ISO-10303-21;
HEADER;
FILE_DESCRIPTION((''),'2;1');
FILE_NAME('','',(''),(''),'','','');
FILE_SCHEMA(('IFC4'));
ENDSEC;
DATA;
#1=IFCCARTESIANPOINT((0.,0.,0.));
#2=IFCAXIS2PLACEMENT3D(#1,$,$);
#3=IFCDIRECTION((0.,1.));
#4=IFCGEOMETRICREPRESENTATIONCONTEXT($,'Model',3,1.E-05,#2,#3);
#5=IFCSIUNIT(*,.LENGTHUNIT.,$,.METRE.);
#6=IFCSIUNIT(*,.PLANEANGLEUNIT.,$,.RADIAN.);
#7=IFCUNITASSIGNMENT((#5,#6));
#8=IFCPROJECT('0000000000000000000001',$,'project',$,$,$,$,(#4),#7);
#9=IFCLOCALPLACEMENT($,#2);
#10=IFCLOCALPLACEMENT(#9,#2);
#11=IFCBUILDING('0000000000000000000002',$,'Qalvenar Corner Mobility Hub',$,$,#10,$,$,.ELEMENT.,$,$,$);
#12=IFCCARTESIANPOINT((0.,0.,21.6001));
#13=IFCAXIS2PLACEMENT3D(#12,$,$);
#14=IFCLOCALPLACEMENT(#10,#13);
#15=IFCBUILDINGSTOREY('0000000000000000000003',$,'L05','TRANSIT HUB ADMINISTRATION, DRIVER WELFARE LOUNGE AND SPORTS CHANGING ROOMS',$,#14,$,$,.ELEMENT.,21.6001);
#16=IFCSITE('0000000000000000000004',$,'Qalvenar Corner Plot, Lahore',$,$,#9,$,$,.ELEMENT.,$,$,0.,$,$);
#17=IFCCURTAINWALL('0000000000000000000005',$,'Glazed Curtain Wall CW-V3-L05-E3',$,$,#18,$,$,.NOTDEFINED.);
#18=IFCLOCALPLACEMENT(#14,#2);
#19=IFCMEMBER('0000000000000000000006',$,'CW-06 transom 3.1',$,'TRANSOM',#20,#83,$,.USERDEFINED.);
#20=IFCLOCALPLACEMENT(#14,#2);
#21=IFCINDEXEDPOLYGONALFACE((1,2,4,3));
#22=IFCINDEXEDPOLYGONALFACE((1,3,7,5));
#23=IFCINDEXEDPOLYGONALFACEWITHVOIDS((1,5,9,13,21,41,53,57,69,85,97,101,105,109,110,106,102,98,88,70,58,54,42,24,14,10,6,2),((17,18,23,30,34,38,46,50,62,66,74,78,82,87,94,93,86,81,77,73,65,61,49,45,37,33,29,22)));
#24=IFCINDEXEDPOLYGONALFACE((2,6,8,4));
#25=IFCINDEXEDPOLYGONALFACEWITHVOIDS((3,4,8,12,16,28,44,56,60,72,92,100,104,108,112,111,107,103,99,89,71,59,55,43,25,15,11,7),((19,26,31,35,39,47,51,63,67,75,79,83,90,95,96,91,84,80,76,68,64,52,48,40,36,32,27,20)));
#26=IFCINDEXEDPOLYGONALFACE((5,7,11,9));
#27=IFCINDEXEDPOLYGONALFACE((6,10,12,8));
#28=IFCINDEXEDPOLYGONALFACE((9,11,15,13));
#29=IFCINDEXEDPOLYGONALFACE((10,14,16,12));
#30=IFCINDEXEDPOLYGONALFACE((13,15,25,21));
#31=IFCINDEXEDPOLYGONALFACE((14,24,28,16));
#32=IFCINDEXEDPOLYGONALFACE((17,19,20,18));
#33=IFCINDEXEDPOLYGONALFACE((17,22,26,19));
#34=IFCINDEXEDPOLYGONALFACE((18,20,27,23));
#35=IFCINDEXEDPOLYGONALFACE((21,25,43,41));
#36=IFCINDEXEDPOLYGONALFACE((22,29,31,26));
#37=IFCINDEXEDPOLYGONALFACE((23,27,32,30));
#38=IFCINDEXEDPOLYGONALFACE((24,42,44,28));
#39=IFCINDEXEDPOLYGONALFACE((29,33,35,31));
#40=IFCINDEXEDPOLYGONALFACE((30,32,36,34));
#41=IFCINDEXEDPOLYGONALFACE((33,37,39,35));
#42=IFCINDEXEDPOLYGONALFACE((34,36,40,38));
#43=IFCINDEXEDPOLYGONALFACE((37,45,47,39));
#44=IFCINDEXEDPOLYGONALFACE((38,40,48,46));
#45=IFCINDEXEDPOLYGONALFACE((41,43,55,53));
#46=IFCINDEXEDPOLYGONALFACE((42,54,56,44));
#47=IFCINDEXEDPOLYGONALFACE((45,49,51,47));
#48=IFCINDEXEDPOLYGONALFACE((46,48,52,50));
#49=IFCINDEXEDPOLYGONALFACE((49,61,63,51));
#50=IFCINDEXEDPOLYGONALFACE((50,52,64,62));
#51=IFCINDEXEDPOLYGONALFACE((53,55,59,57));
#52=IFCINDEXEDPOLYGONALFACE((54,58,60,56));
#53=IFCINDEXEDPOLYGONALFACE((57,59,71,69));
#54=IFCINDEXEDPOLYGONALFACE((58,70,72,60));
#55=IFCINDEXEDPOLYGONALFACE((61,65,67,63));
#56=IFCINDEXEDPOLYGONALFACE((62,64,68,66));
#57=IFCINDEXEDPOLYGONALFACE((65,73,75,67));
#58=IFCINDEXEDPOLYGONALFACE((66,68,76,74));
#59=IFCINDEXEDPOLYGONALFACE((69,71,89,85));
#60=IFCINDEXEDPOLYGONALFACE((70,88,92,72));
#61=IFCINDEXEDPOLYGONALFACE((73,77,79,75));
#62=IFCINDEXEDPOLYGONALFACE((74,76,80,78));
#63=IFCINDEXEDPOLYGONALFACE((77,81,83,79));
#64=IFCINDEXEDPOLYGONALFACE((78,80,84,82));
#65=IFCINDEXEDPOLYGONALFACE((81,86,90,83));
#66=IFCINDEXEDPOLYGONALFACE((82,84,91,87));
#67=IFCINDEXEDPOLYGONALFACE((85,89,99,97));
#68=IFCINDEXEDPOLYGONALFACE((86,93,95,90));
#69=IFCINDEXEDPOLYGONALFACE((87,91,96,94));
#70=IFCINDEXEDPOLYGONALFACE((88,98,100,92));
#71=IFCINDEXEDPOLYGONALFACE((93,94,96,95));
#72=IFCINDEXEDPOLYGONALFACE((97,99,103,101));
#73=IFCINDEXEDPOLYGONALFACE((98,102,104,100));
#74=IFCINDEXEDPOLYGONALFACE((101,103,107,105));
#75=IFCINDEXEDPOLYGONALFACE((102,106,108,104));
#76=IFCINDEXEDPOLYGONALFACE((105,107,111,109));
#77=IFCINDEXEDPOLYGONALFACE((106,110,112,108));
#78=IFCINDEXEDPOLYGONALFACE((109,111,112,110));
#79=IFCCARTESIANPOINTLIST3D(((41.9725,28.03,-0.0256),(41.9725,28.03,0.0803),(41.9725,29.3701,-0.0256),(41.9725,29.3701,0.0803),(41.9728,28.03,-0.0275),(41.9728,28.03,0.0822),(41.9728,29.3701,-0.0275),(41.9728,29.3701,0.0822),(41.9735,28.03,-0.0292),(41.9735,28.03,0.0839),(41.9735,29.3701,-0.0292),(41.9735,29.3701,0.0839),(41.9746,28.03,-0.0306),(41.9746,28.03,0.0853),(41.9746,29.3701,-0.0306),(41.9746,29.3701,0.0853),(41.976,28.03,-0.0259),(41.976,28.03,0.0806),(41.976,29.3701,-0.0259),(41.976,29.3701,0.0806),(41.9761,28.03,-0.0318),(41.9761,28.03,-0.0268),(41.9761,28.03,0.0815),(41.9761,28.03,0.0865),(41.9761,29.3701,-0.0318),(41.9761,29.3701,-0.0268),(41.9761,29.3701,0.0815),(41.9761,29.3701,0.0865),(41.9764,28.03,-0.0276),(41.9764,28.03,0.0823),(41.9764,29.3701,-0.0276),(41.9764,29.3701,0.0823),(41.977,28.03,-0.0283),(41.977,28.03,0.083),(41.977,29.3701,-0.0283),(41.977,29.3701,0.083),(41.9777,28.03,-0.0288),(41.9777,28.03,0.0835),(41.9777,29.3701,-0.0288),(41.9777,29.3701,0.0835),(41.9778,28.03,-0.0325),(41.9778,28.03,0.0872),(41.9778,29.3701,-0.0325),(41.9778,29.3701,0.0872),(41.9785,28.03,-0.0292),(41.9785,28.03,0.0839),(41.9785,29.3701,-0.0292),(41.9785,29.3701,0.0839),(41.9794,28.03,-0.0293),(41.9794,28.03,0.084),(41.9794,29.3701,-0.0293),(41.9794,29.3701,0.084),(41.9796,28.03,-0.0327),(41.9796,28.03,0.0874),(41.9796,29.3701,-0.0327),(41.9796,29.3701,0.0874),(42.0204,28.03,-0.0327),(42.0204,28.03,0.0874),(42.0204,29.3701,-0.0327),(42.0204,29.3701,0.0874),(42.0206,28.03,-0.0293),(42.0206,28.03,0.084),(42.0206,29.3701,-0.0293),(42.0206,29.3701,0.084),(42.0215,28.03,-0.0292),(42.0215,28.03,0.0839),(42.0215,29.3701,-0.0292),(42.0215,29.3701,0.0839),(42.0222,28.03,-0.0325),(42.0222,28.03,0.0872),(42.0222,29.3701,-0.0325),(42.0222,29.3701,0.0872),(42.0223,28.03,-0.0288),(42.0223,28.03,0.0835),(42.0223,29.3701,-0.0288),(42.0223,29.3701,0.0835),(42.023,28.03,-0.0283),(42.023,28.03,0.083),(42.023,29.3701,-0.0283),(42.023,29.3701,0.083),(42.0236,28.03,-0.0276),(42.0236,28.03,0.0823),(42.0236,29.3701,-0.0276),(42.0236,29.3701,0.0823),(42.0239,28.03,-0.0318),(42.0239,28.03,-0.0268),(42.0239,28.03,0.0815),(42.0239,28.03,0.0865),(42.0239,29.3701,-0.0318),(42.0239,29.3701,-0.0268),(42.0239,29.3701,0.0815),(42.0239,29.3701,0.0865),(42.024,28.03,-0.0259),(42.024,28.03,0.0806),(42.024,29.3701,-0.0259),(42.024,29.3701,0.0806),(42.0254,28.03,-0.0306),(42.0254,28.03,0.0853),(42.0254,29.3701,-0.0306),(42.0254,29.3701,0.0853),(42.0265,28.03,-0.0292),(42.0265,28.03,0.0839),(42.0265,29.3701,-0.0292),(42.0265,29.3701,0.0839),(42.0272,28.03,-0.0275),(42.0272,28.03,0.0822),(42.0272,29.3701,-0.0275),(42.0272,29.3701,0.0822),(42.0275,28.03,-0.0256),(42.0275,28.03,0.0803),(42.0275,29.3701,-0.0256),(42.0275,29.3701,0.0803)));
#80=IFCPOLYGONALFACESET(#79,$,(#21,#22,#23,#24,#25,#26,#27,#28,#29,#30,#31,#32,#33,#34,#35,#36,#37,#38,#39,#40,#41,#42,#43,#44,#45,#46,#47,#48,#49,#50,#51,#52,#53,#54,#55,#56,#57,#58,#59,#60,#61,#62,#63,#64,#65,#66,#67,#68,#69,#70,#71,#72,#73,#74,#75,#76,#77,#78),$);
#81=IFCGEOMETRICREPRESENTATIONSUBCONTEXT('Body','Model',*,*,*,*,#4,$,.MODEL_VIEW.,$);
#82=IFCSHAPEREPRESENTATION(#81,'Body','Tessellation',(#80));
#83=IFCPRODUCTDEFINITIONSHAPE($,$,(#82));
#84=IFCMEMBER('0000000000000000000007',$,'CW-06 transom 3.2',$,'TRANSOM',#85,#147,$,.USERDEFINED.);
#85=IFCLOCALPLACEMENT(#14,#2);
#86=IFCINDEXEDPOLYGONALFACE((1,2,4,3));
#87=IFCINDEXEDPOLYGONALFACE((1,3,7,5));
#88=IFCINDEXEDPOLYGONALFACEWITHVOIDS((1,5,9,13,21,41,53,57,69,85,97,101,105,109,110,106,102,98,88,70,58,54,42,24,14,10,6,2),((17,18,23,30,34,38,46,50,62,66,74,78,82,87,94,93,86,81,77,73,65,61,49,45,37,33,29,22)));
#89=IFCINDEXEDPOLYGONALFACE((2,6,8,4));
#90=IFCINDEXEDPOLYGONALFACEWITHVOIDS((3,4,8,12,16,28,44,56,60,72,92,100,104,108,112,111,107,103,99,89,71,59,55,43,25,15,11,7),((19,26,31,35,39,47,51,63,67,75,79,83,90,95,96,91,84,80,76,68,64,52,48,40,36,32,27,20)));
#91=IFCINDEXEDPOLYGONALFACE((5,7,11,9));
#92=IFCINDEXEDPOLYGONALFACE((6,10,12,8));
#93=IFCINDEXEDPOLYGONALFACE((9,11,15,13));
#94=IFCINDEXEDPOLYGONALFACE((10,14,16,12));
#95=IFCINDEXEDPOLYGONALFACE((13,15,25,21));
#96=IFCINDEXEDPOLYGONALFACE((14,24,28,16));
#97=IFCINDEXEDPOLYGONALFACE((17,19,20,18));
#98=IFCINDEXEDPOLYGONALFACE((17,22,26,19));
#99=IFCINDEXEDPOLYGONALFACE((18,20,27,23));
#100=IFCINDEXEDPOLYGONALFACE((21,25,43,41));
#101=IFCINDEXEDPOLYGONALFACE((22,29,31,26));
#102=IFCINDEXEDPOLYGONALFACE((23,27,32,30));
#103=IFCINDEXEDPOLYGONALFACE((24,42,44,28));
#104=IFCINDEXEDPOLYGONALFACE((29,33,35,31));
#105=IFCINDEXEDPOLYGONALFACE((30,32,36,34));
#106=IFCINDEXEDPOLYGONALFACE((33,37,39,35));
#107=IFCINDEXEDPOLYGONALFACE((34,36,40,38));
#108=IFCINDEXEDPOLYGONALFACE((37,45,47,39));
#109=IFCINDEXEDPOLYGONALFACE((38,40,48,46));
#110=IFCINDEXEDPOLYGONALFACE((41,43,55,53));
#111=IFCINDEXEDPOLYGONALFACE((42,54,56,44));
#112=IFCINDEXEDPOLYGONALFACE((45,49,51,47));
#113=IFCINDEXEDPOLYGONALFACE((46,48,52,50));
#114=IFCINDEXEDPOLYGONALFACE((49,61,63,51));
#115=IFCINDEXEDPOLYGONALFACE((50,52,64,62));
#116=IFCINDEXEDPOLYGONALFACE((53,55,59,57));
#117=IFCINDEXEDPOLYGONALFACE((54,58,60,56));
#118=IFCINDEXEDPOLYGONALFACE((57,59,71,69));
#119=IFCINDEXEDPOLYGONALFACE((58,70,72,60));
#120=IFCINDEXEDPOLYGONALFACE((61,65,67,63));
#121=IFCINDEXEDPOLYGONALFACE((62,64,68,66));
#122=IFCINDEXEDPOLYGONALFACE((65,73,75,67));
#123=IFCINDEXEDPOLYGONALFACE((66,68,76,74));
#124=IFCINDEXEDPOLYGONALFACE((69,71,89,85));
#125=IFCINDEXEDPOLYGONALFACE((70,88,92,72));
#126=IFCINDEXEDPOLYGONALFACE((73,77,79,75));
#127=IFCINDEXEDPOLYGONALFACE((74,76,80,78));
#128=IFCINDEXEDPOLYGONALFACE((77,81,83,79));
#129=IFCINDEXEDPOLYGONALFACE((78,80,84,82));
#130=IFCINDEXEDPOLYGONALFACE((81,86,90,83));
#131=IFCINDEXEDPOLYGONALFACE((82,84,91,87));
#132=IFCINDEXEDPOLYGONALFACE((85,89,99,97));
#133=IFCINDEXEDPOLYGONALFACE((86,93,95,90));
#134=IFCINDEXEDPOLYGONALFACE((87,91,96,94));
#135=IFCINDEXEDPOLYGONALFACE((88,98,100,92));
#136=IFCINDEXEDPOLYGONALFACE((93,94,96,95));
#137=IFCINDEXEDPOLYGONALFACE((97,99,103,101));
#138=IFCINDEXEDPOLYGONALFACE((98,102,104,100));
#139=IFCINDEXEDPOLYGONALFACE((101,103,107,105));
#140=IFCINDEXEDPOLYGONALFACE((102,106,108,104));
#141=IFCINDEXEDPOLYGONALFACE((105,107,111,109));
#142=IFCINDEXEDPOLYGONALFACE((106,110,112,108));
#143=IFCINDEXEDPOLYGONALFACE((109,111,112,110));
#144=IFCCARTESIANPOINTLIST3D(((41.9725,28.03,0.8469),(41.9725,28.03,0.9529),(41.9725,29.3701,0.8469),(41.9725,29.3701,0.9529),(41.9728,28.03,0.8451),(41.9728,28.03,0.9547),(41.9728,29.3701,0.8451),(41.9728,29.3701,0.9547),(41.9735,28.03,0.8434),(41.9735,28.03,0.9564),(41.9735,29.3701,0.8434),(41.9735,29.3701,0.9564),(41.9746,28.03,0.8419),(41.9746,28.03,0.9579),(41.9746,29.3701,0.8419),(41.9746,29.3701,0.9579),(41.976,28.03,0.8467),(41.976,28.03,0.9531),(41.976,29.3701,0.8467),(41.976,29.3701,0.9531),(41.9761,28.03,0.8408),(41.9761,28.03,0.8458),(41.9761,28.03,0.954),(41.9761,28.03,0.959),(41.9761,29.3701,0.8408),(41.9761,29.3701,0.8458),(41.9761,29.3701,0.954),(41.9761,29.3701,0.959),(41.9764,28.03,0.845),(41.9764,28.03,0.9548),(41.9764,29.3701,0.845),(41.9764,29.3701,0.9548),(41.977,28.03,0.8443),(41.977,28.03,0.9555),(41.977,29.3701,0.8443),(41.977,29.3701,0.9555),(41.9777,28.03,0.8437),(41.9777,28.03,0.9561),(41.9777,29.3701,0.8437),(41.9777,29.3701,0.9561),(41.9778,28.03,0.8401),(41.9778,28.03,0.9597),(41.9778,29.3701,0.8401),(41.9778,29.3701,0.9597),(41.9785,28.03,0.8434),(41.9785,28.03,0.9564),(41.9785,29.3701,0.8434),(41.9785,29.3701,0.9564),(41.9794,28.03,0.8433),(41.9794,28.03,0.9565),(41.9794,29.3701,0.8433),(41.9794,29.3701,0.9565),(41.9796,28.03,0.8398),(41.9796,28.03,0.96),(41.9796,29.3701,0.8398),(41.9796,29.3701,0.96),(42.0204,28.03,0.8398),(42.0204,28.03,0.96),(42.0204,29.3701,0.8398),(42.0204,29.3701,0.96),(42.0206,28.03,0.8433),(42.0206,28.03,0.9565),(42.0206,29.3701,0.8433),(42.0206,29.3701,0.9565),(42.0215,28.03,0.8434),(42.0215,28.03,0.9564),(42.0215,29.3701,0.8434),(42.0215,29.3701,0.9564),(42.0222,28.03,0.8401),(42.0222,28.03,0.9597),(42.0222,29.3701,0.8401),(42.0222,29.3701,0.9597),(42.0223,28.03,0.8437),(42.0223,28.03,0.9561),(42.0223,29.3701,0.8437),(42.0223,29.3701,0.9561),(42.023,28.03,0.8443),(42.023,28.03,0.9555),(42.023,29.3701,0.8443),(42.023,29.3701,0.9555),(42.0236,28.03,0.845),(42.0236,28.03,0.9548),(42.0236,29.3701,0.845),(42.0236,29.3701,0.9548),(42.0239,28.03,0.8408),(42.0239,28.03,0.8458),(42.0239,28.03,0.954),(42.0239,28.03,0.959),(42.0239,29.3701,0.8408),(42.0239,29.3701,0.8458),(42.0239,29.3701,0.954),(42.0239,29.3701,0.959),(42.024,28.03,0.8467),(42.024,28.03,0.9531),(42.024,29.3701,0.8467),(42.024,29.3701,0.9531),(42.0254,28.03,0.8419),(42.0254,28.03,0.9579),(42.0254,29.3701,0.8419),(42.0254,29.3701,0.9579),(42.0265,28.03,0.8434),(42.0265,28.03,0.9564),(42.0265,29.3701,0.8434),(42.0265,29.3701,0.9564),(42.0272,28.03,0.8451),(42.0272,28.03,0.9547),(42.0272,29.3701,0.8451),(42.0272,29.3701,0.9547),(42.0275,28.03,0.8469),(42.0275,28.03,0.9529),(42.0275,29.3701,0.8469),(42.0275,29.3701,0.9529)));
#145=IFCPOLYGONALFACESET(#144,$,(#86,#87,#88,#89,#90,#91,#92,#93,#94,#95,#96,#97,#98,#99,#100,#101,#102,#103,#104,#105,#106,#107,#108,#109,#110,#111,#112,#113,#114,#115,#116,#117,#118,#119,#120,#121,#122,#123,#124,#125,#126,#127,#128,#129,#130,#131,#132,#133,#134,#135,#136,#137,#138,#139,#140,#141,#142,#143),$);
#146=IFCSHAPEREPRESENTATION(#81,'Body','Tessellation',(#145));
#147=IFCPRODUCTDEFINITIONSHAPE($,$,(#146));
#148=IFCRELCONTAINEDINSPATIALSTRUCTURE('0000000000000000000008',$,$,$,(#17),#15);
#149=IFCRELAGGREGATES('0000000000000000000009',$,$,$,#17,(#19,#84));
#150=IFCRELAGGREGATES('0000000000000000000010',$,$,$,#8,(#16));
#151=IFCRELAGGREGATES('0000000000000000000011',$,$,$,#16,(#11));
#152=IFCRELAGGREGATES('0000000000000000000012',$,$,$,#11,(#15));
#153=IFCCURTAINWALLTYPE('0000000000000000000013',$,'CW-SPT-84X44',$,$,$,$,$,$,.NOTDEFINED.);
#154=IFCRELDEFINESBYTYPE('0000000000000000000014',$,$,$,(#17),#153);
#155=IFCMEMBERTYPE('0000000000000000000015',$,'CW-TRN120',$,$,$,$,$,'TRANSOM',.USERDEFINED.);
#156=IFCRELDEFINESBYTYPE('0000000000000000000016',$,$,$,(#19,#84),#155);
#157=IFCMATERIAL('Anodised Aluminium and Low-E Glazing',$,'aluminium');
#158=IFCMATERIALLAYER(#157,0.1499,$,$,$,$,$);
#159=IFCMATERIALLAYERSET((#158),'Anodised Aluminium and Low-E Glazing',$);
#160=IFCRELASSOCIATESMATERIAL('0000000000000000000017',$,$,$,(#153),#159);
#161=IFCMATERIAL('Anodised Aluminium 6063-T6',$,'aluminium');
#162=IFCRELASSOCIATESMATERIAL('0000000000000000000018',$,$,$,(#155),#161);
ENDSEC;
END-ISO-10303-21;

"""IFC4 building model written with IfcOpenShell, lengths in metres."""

from ifc_helpers import new_model, si_unit, direction, frame, origin, origin_2d, place, context, subcontext, project, spatial, hollow_rectangle, extrude, material, layer, layer_set, material_profile, profile_set, type_object, element, aggregate, save


model = new_model("IFC4")

# Units and contexts
model_context = context("Model", 3, precision=1e-05, world=origin(), true_north=direction((0.0, 1.0)))
body_context = subcontext(model_context, "Body", "Model", "MODEL_VIEW")
ifc_project = project(units=[si_unit("LENGTHUNIT", "METRE"), si_unit("PLANEANGLEUNIT", "RADIAN")], contexts=[model_context])

# Site, building, storey
site_placement = place(None, origin())
site = spatial("IfcSite", under=ifc_project, at=site_placement, Name="Qalvenar Corner Plot, Lahore", CompositionType="ELEMENT", RefElevation=0.0)
building_placement = place(site_placement, origin())
building = spatial("IfcBuilding", under=site, at=building_placement, Name="Qalvenar Corner Mobility Hub", CompositionType="ELEMENT")
storey_placement = place(building_placement, frame((0.0, 0.0, 21.6001)))
storey = spatial("IfcBuildingStorey", under=building, at=storey_placement, Name="L05", Description="TRANSIT HUB ADMINISTRATION, DRIVER WELFARE LOUNGE AND SPORTS CHANGING ROOMS", CompositionType="ELEMENT", Elevation=21.6001)

# Curtain wall, members
ifc_material_1 = material(Name="Anodised Aluminium and Low-E Glazing", Category="aluminium")
ifc_layer_1 = layer(ifc_material_1, 0.1499)
ifc_layer_set_1 = layer_set([ifc_layer_1], Name="Anodised Aluminium and Low-E Glazing")
curtain_wall_type = type_object("IfcCurtainWallType", Name="CW-SPT-84X44", PredefinedType="NOTDEFINED", material=ifc_layer_set_1)
curtain_wall_placement = place(storey_placement, origin())
curtain_wall = element("IfcCurtainWall", 1, at=curtain_wall_placement, inside=storey, type_object=curtain_wall_type, Name="Glazed Curtain Wall CW-V3-L05-E3", PredefinedType="NOTDEFINED")
ifc_material_2 = material(Name="Anodised Aluminium 6063-T6", Category="aluminium")
ifc_material_profile_1 = material_profile(ifc_material_2, hollow_rectangle(XDim=0.0549, YDim=0.1201, WallThickness=0.0034, InnerFilletRadius=0.0034, OuterFilletRadius=0.0071, at=origin_2d()), Name="RHS120x55x3.5")
ifc_profile_set_1 = profile_set([ifc_material_profile_1], Name="Anodised Aluminium 6063-T6")
member_type_1 = type_object("IfcMemberType", Name="CW-TRN120", ElementType="TRANSOM", PredefinedType="USERDEFINED", material=ifc_profile_set_1)
member_1_placement = place(storey_placement, frame((42.0, 28.03, 0.0273), z_axis=(0.0, 1.0, 0.0), x_axis=(-1.0, 0.0, 0.0)))
member_1 = element("IfcMember", 2, at=member_1_placement, type_object=member_type_1, Name="CW-06 transom 3.1", ObjectType="TRANSOM", PredefinedType="USERDEFINED", context=body_context, shape_type="SweptSolid", body=[
    extrude(hollow_rectangle(XDim=0.0549, YDim=0.1201, WallThickness=0.0034, InnerFilletRadius=0.0034, OuterFilletRadius=0.0071, at=origin_2d()), origin(), (0.0, 0.0, 1.0), 1.3401),
])
member_2_placement = place(storey_placement, frame((42.0, 28.03, 0.8999), z_axis=(0.0, 1.0, 0.0), x_axis=(-1.0, 0.0, 0.0)))
member_2 = element("IfcMember", 3, at=member_2_placement, type_object=member_type_1, Name="CW-06 transom 3.2", ObjectType="TRANSOM", PredefinedType="USERDEFINED", context=body_context, shape_type="SweptSolid", body=[
    extrude(hollow_rectangle(XDim=0.0549, YDim=0.1201, WallThickness=0.0034, InnerFilletRadius=0.0034, OuterFilletRadius=0.0071, at=origin_2d()), origin(), (0.0, 0.0, 1.0), 1.3401),
])
aggregate(curtain_wall, [member_1, member_2])

save(model, "model.ifc")
